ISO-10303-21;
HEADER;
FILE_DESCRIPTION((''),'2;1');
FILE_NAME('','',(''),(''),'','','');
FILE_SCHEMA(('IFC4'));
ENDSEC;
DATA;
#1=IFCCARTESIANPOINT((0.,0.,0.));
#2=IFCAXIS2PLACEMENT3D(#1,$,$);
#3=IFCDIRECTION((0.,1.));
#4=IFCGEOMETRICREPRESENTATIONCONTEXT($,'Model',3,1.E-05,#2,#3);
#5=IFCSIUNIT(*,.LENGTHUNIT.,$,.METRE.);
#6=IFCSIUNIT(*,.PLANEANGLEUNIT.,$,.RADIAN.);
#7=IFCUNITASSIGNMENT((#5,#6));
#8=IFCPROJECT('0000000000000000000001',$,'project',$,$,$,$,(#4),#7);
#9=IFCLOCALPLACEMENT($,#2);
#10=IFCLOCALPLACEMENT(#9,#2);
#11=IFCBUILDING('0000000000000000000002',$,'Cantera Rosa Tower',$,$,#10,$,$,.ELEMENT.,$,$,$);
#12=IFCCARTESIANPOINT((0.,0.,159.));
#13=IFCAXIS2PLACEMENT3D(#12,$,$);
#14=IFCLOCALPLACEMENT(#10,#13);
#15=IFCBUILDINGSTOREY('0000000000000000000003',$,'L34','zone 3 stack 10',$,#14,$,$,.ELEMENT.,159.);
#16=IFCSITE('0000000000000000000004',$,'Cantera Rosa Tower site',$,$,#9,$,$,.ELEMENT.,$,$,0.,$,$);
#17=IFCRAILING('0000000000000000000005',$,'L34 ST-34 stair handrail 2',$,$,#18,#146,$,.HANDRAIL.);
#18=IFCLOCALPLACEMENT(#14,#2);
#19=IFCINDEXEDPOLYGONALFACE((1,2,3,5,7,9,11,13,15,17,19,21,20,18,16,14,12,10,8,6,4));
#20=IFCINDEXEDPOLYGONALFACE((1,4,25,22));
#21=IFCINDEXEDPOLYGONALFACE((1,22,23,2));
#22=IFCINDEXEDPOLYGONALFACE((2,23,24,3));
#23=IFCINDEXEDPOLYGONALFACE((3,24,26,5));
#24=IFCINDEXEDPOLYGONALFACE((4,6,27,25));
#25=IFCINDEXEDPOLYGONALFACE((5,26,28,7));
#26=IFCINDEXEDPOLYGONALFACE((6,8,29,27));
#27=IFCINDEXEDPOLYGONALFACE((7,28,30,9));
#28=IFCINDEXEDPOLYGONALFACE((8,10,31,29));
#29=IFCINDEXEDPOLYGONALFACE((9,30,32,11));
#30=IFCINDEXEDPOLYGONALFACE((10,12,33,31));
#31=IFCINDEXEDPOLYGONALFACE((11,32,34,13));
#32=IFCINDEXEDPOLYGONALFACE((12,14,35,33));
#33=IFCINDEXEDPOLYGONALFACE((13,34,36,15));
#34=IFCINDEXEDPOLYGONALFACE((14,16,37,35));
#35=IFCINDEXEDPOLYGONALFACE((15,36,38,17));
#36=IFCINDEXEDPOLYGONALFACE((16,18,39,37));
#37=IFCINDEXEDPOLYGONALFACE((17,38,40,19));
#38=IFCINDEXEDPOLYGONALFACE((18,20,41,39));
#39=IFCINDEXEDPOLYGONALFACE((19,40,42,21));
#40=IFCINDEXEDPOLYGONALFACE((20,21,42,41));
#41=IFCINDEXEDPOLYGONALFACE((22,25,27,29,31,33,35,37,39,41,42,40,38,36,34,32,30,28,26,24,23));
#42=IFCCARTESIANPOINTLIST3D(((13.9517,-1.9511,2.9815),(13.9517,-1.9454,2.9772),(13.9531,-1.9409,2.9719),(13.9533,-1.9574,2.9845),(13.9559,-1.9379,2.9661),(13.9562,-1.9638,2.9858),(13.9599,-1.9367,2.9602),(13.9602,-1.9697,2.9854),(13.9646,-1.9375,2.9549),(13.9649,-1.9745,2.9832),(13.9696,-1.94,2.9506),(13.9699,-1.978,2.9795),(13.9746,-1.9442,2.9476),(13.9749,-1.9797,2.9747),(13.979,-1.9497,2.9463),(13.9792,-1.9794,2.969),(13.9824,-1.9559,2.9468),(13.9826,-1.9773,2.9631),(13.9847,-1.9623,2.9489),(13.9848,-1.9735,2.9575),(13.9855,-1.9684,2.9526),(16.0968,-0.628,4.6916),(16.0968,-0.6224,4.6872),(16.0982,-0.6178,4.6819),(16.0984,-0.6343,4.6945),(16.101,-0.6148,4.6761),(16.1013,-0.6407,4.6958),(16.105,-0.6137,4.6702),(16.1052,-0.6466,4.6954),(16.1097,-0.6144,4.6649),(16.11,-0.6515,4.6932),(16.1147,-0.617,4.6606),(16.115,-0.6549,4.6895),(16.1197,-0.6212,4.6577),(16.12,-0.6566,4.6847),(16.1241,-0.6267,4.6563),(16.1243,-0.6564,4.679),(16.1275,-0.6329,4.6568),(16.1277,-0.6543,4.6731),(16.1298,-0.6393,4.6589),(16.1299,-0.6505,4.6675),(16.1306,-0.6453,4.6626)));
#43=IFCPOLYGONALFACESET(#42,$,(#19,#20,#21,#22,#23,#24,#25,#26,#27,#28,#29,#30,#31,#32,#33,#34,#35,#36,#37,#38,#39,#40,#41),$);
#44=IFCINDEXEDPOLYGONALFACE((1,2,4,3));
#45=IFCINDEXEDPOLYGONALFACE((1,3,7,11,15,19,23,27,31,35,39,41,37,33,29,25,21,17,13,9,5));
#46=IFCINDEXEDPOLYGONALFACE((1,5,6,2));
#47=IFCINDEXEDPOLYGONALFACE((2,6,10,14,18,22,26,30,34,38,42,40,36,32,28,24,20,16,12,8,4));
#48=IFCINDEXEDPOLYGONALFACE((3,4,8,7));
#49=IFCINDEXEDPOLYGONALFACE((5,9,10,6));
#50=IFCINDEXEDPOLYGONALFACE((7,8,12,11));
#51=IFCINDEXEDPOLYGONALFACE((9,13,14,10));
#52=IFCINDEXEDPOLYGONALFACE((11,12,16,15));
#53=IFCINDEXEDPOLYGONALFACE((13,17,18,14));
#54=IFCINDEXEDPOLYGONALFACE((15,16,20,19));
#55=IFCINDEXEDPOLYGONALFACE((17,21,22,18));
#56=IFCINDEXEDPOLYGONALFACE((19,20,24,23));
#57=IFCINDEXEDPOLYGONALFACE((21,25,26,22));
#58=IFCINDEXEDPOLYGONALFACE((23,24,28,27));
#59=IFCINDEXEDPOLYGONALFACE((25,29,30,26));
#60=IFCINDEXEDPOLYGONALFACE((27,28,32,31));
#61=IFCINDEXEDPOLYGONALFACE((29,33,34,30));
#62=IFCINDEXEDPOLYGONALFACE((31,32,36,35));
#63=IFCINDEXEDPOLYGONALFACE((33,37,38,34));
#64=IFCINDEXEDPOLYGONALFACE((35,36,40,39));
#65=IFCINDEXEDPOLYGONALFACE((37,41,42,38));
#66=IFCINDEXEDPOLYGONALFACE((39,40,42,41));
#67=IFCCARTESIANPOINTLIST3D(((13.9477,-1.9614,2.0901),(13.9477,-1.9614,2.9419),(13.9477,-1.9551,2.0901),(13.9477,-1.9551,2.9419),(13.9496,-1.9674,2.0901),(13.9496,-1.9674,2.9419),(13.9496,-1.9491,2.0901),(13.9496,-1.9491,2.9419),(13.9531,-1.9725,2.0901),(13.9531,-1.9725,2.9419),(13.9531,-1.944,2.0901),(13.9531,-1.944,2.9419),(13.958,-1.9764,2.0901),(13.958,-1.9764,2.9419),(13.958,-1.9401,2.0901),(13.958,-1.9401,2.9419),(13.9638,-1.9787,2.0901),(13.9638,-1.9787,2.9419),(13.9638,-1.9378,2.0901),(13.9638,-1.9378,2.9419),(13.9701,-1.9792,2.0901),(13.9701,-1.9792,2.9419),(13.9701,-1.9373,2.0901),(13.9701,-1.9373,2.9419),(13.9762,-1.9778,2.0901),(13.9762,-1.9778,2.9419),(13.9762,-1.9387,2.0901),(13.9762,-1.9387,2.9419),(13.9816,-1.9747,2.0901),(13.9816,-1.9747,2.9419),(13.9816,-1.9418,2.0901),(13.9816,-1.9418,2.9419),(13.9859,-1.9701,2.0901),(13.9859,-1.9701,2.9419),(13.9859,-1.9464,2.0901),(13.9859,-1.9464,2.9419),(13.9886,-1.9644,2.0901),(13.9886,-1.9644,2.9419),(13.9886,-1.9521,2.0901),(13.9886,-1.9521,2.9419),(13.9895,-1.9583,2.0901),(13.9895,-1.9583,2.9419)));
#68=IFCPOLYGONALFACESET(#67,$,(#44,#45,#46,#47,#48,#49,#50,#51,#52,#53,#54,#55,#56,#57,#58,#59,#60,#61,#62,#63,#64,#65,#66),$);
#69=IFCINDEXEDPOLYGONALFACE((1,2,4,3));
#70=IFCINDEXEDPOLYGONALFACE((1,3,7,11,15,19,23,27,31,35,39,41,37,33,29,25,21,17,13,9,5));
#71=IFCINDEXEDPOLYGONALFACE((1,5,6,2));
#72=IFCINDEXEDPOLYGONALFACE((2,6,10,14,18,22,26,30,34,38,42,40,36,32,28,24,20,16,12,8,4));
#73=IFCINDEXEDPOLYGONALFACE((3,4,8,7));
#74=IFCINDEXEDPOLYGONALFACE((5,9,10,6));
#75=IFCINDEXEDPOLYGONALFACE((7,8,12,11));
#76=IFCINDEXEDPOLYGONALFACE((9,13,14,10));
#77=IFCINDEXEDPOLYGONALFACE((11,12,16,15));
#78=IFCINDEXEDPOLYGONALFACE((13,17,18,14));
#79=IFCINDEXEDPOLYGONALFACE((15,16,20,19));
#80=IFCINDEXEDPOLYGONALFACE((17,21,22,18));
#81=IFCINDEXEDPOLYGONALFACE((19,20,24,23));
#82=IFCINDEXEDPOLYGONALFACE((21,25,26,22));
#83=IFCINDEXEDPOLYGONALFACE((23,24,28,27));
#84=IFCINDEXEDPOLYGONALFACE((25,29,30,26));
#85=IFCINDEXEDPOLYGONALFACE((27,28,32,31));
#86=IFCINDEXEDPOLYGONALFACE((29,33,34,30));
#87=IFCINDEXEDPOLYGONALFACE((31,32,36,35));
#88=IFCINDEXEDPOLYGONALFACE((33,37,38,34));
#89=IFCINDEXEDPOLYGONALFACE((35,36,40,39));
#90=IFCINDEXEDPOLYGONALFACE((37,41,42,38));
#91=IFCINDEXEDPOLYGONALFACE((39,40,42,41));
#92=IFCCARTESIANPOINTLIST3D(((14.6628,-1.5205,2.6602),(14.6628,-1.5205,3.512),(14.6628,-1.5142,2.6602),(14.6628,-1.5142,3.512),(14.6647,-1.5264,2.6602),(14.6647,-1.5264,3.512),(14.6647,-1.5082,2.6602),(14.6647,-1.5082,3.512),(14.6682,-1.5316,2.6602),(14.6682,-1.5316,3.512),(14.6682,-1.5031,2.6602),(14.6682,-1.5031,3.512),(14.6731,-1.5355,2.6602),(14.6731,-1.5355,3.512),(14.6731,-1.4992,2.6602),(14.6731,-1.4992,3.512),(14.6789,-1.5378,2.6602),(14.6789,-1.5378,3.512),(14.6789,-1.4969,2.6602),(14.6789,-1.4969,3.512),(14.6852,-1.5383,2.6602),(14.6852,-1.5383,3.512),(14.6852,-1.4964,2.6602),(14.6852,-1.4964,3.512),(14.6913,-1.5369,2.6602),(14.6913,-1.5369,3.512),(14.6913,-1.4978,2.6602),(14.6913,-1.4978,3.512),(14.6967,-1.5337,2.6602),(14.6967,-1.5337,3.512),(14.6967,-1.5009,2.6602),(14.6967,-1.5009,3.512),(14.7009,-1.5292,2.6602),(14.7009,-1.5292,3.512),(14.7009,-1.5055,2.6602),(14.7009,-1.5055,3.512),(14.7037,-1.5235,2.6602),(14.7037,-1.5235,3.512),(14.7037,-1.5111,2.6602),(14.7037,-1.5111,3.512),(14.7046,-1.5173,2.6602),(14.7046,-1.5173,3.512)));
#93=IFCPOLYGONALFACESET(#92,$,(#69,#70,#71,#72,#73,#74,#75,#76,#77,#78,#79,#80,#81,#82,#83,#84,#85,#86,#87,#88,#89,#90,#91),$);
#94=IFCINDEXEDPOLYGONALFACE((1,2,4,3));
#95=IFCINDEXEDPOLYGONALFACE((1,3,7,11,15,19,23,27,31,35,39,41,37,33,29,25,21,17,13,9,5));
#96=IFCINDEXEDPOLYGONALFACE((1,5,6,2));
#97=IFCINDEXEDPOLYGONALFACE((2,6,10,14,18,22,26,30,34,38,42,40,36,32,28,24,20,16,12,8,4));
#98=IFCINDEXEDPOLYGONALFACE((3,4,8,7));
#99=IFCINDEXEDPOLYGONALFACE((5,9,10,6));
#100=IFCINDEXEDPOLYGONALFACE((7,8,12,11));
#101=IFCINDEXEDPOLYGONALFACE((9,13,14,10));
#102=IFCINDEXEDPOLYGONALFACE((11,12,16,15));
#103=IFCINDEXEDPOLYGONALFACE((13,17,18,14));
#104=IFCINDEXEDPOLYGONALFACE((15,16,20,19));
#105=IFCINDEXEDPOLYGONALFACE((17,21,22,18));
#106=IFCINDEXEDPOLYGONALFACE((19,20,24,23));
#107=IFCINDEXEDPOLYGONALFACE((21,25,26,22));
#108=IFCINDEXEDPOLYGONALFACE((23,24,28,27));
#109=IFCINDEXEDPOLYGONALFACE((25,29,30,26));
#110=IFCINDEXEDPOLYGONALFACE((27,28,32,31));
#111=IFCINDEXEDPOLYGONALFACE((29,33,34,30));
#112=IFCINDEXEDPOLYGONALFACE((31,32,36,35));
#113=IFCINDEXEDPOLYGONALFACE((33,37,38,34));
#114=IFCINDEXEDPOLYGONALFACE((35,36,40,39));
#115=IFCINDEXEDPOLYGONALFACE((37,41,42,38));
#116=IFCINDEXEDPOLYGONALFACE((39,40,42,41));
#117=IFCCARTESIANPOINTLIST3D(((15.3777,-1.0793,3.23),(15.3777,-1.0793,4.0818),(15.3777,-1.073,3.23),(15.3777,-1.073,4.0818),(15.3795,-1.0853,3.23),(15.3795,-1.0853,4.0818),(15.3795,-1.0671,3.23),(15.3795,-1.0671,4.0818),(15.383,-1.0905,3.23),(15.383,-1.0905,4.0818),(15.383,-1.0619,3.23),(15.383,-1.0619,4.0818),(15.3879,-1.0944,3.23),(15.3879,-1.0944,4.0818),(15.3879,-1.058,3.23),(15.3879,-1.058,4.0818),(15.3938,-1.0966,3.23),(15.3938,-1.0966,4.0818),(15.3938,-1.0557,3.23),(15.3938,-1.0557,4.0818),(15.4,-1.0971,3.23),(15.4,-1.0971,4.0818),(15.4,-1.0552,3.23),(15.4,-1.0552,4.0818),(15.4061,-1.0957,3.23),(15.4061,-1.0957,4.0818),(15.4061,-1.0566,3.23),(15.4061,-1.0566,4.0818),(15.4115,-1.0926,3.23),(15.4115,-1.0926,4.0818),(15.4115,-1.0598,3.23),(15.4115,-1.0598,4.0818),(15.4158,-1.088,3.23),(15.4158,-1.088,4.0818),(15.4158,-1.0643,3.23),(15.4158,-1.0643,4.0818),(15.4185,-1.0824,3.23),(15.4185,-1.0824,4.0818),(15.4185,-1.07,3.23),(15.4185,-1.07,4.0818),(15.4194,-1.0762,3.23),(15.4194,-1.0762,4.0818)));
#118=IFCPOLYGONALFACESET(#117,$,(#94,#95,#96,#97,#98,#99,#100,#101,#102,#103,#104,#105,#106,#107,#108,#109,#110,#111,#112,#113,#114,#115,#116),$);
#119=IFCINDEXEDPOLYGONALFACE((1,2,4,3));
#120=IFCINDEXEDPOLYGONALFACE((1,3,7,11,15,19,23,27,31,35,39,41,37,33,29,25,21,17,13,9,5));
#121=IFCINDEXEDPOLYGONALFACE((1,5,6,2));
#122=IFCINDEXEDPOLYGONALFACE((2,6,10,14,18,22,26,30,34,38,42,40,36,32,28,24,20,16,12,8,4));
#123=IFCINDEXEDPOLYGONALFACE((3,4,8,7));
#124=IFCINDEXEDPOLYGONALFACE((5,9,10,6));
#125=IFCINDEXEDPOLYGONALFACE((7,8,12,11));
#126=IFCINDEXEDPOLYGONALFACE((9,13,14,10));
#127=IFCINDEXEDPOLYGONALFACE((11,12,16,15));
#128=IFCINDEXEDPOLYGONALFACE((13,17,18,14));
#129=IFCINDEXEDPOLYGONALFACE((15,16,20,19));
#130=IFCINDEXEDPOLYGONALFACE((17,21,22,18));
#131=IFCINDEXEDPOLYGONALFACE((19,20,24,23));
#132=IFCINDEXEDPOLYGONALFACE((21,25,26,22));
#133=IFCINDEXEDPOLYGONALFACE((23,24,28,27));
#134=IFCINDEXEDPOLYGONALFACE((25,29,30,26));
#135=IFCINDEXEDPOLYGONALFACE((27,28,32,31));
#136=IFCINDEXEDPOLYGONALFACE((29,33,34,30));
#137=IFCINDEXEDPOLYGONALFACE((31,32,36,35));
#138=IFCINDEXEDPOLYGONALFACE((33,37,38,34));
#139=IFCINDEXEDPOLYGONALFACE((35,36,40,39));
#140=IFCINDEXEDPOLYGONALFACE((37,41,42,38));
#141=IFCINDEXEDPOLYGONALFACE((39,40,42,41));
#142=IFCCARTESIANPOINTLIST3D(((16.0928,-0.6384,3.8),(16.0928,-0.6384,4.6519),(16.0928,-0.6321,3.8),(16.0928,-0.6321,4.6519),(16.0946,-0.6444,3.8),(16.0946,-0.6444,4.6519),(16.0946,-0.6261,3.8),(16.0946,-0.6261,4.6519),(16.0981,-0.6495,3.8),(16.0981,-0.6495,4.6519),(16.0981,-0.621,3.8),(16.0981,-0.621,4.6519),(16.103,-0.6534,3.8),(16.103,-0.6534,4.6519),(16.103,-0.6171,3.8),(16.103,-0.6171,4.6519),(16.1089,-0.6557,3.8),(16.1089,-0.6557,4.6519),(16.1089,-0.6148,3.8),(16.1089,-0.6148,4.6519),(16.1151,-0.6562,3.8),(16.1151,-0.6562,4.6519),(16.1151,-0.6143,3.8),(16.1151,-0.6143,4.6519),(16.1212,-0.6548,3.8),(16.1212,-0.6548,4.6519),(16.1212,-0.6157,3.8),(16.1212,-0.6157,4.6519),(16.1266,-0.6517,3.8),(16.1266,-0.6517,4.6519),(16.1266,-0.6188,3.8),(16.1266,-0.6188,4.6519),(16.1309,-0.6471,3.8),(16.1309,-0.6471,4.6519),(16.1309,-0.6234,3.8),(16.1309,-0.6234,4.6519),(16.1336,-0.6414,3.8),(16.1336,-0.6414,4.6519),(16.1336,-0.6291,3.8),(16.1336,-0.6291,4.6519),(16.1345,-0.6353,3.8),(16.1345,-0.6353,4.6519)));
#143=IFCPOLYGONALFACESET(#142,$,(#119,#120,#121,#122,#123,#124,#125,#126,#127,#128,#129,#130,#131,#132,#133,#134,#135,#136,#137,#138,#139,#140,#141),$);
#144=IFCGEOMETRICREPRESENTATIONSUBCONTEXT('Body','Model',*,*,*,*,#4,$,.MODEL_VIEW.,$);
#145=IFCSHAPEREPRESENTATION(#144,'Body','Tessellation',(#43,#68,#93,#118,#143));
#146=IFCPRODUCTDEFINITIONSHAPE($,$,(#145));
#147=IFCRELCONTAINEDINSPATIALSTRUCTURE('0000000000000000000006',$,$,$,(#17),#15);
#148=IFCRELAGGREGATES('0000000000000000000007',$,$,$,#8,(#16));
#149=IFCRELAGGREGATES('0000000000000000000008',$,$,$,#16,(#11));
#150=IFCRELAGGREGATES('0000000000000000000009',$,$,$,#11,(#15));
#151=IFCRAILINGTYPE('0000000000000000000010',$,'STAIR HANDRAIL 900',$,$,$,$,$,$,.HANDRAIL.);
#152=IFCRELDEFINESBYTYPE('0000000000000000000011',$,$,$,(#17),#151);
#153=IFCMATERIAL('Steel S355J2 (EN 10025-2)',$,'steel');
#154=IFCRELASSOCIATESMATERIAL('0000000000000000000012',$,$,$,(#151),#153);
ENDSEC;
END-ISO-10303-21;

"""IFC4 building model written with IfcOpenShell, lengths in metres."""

from ifc_helpers import new_model, si_unit, direction, frame, origin, origin_2d, place, context, subcontext, project, spatial, circle, extrude, material, type_object, element, save


model = new_model("IFC4")

# Units and contexts
model_context = context("Model", 3, precision=1e-05, world=origin(), true_north=direction((0.0, 1.0)))
body_context = subcontext(model_context, "Body", "Model", "MODEL_VIEW")
ifc_project = project(units=[si_unit("LENGTHUNIT", "METRE"), si_unit("PLANEANGLEUNIT", "RADIAN")], contexts=[model_context])

# Site, building, storey
site_placement = place(None, origin())
site = spatial("IfcSite", under=ifc_project, at=site_placement, Name="Cantera Rosa Tower site", CompositionType="ELEMENT", RefElevation=0.0)
building_placement = place(site_placement, origin())
building = spatial("IfcBuilding", under=site, at=building_placement, Name="Cantera Rosa Tower", CompositionType="ELEMENT")
storey_placement = place(building_placement, frame((0.0, 0.0, 159.0)))
storey = spatial("IfcBuildingStorey", under=building, at=storey_placement, Name="L34", Description="zone 3 stack 10", CompositionType="ELEMENT", Elevation=159.0)

# Railing
ifc_material_1 = material(Name="Steel S355J2 (EN 10025-2)", Category="steel")
railing_type_1 = type_object("IfcRailingType", Name="STAIR HANDRAIL 900", PredefinedType="HANDRAIL", material=ifc_material_1)
railing_1_placement = place(storey_placement, frame((13.9685, -1.9583, 2.0901)))
element("IfcRailing", 1, at=railing_1_placement, inside=storey, type_object=railing_type_1, Name="L34 ST-34 stair handrail 2", PredefinedType="HANDRAIL", context=body_context, shape_type="SweptSolid", body=[
    extrude(circle(Radius=0.0239, at=origin_2d()), frame((0.0, 0.0, 0.876), z_axis=(0.704312, 0.434403, 0.561461), x_axis=(-0.524957, 0.851129, 0.0)), (0.0, 0.0, 1.0), 3.0457),
    extrude(circle(Radius=0.021, at=origin_2d()), origin(), (0.0, 0.0, 1.0), 0.8518),
    extrude(circle(Radius=0.021, at=origin_2d()), frame((0.7151, 0.4409, 0.5701)), (0.0, 0.0, 1.0), 0.8518),
    extrude(circle(Radius=0.021, at=origin_2d()), frame((1.4299, 0.8821, 1.1399)), (0.0, 0.0, 1.0), 0.8518),
    extrude(circle(Radius=0.021, at=origin_2d()), frame((2.145, 1.323, 1.71)), (0.0, 0.0, 1.0), 0.8518),
])

save(model, "model.ifc")
